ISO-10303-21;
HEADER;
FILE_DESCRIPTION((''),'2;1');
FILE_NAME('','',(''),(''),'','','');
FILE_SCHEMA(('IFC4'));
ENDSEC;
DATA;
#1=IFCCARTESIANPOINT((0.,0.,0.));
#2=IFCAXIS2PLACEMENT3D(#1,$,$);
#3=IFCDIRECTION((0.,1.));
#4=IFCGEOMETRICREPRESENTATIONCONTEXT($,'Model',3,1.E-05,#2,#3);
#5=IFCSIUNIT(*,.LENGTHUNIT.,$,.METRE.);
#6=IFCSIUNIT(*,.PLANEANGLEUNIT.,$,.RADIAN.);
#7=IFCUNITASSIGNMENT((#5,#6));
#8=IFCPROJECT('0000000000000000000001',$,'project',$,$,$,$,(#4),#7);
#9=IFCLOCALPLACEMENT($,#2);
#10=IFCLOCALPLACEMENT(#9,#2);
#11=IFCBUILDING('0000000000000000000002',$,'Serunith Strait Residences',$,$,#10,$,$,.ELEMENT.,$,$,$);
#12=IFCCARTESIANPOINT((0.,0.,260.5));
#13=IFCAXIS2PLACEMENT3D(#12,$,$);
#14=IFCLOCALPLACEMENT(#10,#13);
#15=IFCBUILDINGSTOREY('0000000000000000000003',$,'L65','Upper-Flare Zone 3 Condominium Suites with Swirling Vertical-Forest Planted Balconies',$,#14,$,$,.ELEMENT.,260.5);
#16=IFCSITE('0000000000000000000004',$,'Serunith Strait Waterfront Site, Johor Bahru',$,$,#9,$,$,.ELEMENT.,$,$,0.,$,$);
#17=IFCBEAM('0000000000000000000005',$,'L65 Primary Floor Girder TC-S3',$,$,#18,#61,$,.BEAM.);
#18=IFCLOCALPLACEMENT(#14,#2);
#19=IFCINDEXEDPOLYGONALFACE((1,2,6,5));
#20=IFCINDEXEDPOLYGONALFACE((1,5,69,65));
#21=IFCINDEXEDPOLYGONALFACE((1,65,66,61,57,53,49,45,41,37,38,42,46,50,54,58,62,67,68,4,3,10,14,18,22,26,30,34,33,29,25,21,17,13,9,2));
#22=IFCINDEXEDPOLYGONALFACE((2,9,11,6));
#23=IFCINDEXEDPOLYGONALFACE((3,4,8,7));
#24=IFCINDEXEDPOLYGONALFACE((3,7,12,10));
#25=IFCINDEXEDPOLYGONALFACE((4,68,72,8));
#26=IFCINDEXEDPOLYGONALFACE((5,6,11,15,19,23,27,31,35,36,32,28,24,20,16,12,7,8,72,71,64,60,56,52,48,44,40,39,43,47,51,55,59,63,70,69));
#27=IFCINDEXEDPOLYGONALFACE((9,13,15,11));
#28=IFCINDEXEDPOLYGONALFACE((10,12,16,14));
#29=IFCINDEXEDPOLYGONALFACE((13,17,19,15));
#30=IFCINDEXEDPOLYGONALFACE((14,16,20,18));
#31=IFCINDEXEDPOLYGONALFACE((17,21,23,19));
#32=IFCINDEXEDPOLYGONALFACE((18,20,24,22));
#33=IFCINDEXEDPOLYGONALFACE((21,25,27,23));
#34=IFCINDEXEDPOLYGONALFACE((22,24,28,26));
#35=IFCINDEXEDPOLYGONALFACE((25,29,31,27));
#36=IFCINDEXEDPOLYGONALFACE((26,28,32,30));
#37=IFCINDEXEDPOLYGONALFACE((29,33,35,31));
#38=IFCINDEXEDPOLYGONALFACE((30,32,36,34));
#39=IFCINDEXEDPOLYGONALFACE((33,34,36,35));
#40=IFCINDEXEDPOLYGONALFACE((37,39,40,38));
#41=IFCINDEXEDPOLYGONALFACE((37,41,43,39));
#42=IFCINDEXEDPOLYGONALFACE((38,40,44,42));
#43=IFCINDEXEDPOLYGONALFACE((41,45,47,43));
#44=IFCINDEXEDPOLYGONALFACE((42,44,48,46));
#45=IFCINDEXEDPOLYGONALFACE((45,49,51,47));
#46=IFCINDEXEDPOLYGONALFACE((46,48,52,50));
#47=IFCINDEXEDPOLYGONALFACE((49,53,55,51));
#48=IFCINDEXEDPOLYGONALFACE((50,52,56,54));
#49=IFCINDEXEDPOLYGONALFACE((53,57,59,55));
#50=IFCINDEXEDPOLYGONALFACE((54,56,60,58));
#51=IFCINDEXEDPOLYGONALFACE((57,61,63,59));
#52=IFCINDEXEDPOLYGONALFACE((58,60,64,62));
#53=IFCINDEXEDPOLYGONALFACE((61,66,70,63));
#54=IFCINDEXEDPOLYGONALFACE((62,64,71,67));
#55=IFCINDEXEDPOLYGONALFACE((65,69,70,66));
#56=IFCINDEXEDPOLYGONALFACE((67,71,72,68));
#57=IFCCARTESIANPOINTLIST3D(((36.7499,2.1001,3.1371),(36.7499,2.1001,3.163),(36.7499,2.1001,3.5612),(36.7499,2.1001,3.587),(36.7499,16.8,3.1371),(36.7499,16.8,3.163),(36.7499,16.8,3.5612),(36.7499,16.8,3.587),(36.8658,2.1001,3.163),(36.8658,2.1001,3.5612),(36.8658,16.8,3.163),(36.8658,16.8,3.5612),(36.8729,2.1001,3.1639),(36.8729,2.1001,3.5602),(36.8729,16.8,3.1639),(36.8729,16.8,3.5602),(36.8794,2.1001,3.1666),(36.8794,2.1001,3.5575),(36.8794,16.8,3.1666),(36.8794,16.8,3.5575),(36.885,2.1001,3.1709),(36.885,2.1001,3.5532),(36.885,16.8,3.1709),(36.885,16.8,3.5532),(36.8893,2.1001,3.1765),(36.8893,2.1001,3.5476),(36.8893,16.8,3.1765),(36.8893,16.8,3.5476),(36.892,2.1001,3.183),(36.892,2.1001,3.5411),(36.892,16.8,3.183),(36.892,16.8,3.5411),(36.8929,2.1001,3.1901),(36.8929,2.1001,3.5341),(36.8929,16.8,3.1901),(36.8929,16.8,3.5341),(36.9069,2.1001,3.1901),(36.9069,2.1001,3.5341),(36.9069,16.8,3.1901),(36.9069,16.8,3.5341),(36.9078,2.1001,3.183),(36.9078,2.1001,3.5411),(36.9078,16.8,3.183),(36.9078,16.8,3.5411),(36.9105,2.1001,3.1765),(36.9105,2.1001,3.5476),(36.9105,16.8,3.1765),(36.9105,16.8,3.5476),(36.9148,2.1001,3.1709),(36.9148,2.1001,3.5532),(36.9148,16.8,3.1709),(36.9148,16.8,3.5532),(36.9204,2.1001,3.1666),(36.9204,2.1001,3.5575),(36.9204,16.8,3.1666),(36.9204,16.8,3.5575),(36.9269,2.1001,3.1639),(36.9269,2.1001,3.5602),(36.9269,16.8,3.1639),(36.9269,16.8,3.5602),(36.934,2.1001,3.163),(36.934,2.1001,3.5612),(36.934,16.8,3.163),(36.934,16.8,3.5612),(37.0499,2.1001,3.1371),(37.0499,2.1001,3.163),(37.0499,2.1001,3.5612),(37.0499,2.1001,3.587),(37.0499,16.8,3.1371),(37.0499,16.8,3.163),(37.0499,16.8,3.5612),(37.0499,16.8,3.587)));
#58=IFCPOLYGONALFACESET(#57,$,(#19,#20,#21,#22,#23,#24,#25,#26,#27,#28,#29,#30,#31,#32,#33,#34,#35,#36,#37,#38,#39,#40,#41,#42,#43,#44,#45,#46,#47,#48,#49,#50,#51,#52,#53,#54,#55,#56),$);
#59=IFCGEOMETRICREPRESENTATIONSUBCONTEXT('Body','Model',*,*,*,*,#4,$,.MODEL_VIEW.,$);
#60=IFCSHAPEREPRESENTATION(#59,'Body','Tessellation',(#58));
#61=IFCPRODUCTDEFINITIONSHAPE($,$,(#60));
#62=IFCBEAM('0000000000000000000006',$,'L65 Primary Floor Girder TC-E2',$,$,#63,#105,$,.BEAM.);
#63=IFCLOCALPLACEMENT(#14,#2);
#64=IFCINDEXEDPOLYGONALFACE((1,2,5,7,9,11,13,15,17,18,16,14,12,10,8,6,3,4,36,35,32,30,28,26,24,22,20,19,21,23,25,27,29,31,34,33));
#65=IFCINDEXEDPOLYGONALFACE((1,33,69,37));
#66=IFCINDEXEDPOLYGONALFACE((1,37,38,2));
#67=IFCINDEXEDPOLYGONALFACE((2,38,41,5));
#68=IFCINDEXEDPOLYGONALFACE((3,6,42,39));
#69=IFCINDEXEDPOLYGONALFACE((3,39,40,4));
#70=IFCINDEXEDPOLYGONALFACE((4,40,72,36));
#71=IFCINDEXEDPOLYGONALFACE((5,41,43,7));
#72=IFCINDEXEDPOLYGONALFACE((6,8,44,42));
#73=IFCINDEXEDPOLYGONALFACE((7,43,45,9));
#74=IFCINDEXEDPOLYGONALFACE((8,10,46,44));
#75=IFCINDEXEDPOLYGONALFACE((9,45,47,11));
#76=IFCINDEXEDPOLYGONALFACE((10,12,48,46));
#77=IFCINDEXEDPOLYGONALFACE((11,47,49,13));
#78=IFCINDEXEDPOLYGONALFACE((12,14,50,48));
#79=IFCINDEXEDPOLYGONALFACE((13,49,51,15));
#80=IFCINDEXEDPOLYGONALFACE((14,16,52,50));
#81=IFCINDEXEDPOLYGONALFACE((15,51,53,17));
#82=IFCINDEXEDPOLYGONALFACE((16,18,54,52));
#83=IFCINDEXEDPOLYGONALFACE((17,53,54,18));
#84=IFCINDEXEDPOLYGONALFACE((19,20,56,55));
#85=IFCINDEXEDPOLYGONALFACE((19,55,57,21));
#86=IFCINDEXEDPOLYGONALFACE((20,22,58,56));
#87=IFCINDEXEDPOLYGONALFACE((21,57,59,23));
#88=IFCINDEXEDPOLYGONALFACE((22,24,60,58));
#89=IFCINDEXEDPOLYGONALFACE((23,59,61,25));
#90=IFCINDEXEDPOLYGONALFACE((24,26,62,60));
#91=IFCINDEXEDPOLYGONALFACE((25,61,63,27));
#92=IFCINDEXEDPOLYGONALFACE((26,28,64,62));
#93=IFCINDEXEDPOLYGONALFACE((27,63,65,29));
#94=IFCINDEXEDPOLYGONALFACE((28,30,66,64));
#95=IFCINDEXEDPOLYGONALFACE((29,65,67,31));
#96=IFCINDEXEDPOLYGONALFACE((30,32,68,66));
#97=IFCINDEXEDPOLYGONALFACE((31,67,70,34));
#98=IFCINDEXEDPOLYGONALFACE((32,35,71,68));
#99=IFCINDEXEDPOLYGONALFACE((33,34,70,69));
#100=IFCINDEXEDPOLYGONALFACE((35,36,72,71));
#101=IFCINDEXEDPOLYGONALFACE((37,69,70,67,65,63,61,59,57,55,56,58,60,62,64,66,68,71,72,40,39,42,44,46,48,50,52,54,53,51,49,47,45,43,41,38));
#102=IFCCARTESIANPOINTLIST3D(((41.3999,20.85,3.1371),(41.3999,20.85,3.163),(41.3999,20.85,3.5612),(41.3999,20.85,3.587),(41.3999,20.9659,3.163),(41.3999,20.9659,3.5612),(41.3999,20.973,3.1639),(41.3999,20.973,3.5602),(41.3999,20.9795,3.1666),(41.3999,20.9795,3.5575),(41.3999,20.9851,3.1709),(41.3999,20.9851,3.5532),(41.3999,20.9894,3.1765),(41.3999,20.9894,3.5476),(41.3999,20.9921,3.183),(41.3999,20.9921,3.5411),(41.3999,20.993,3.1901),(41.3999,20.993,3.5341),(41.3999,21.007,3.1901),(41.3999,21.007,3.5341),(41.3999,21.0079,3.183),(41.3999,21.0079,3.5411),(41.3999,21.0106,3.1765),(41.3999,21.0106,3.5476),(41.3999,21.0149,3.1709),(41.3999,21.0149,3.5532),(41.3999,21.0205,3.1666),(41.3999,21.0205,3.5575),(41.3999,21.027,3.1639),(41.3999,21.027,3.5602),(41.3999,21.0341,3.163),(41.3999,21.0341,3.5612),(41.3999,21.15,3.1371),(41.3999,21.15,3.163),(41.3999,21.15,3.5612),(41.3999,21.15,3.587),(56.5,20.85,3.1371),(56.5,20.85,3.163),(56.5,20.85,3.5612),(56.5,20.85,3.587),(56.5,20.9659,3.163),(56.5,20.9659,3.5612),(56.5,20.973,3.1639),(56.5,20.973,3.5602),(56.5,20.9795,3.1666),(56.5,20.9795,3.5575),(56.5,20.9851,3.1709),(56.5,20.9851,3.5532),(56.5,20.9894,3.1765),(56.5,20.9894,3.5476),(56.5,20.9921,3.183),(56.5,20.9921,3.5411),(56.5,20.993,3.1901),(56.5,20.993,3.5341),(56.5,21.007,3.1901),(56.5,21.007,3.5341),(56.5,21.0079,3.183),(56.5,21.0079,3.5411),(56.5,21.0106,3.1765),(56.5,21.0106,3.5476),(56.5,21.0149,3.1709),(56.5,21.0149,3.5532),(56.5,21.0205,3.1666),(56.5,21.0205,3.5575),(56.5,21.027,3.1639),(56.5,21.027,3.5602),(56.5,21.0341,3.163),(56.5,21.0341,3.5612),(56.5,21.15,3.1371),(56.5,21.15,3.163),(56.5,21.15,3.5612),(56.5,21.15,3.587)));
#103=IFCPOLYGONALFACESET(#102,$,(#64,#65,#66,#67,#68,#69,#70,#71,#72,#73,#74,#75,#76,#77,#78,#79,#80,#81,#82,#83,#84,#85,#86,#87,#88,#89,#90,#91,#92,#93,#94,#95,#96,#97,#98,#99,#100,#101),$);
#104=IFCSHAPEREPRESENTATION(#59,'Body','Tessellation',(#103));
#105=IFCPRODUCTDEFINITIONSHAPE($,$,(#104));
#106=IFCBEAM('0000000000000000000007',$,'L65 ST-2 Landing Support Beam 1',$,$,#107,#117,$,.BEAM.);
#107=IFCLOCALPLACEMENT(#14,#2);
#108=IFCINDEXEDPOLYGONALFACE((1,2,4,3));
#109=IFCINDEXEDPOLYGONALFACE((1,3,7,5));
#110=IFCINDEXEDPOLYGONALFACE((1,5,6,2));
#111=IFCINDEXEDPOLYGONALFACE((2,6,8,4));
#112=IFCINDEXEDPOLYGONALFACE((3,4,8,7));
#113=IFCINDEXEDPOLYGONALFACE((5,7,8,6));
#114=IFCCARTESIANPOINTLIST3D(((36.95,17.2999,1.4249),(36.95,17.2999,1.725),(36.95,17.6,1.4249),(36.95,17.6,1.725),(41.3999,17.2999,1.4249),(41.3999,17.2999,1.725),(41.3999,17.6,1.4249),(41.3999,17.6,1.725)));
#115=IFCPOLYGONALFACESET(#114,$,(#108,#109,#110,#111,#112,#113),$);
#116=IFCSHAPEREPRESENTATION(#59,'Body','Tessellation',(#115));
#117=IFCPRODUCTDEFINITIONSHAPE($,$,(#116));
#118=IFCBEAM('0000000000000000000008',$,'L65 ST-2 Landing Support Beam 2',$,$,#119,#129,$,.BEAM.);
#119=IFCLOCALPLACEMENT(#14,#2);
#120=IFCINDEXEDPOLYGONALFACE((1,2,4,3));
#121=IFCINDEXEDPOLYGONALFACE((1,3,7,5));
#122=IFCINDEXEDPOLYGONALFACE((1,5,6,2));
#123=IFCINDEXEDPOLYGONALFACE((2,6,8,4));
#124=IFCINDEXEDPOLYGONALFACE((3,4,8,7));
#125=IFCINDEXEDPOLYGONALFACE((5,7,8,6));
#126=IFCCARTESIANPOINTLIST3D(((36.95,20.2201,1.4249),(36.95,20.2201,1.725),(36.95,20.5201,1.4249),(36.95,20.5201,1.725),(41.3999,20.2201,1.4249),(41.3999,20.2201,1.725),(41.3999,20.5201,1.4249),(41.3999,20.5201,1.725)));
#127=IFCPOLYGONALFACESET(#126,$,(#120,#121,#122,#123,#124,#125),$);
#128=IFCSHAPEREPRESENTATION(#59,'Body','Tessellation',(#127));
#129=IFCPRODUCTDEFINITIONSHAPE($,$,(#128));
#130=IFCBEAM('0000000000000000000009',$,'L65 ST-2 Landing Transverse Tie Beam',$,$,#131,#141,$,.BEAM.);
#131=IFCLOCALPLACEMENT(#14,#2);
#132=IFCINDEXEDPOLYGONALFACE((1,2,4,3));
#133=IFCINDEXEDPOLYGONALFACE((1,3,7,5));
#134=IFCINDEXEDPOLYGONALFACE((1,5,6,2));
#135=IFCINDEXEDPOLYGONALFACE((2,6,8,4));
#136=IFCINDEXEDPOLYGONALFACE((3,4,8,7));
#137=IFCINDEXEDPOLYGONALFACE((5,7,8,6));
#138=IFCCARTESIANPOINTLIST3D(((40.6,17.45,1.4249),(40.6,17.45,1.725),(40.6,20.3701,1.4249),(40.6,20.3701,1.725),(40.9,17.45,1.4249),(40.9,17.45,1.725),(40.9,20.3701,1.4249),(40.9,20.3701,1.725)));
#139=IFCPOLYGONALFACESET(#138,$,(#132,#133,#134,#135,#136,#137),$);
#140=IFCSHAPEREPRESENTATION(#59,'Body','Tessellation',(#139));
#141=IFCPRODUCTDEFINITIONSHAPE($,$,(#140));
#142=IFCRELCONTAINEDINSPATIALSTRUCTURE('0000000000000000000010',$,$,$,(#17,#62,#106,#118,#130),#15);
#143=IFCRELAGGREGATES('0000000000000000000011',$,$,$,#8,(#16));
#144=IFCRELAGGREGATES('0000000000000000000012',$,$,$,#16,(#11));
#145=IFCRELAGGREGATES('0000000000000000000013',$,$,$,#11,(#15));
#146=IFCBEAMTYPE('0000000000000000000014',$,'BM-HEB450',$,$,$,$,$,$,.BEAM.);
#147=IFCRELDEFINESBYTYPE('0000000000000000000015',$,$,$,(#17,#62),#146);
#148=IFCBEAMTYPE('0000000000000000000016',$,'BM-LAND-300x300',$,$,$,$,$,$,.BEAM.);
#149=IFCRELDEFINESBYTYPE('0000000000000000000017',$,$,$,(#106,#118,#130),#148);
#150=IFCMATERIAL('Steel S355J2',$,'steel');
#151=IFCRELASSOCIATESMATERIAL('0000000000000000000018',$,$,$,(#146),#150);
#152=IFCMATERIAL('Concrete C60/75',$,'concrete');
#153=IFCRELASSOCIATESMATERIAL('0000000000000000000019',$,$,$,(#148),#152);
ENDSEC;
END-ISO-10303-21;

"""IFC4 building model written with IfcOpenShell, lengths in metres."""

from ifc_helpers import new_model, si_unit, direction, frame, origin, origin_2d, place, context, subcontext, project, spatial, rectangle, i_section, extrude, source, transform, mapped, material, material_profile, profile_set, type_object, element, save


model = new_model("IFC4")

# Units and contexts
model_context = context("Model", 3, precision=1e-05, world=origin(), true_north=direction((0.0, 1.0)))
body_context = subcontext(model_context, "Body", "Model", "MODEL_VIEW")
ifc_project = project(units=[si_unit("LENGTHUNIT", "METRE"), si_unit("PLANEANGLEUNIT", "RADIAN")], contexts=[model_context])

# Site, building, storey
site_placement = place(None, origin())
site = spatial("IfcSite", under=ifc_project, at=site_placement, Name="Serunith Strait Waterfront Site, Johor Bahru", CompositionType="ELEMENT", RefElevation=0.0)
building_placement = place(site_placement, origin())
building = spatial("IfcBuilding", under=site, at=building_placement, Name="Serunith Strait Residences", CompositionType="ELEMENT")
storey_placement = place(building_placement, frame((0.0, 0.0, 260.5)))
storey = spatial("IfcBuildingStorey", under=building, at=storey_placement, Name="L65", Description="Upper-Flare Zone 3 Condominium Suites with Swirling Vertical-Forest Planted Balconies", CompositionType="ELEMENT", Elevation=260.5)

# Beams
ifc_material_1 = material(Name="Steel S355J2", Category="steel")
ifc_material_profile_1 = material_profile(ifc_material_1, i_section(OverallWidth=0.3, OverallDepth=0.45, WebThickness=0.0139, FlangeThickness=0.0259, FilletRadius=0.0271, at=origin_2d()), Name="HEB 450")
ifc_profile_set_1 = profile_set([ifc_material_profile_1], Name="Steel S355J2")
beam_type_1 = type_object("IfcBeamType", Name="BM-HEB450", PredefinedType="BEAM", material=ifc_profile_set_1)
shared_shape_1 = source(origin(), body_context, "Body", "SweptSolid", [
    extrude(i_section(OverallWidth=0.3, OverallDepth=0.45, WebThickness=0.0139, FlangeThickness=0.0259, FilletRadius=0.0271, at=origin_2d()), origin(), (0.0, 0.0, 1.0), 14.7),
])
beam_1_placement = place(storey_placement, frame((36.8999, 16.8, 3.3621), z_axis=(0.0, -1.0, 0.0), x_axis=(1.0, 0.0, 0.0)))
element("IfcBeam", 1, at=beam_1_placement, inside=storey, type_object=beam_type_1, Name="L65 Primary Floor Girder TC-S3", PredefinedType="BEAM", context=body_context, shape_type="MappedRepresentation", body=[
    mapped(shared_shape_1, transform((0.0, 0.0, 0.0), scale=1.0)),
])
shared_shape_2 = source(origin(), body_context, "Body", "SweptSolid", [
    extrude(i_section(OverallWidth=0.3, OverallDepth=0.45, WebThickness=0.0139, FlangeThickness=0.0259, FilletRadius=0.0271, at=origin_2d()), origin(), (0.0, 0.0, 1.0), 15.1001),
])
beam_2_placement = place(storey_placement, frame((41.3999, 21.0, 3.3621), z_axis=(1.0, 0.0, 0.0), x_axis=(0.0, 1.0, 0.0)))
element("IfcBeam", 2, at=beam_2_placement, inside=storey, type_object=beam_type_1, Name="L65 Primary Floor Girder TC-E2", PredefinedType="BEAM", context=body_context, shape_type="MappedRepresentation", body=[
    mapped(shared_shape_2, transform((0.0, 0.0, 0.0), scale=1.0)),
])
ifc_material_2 = material(Name="Concrete C60/75", Category="concrete")
ifc_material_profile_2 = material_profile(ifc_material_2, rectangle(XDim=0.3, YDim=0.3, at=origin_2d()), Name="RC 300x300")
ifc_profile_set_2 = profile_set([ifc_material_profile_2], Name="Concrete C60/75")
beam_type_2 = type_object("IfcBeamType", Name="BM-LAND-300x300", PredefinedType="BEAM", material=ifc_profile_set_2)
shared_shape_3 = source(origin(), body_context, "Body", "SweptSolid", [
    extrude(rectangle(XDim=0.3, YDim=0.3, at=origin_2d()), origin(), (0.0, 0.0, 1.0), 4.45),
])
for number, where, z_axis, x_axis, name in (
    (3, (36.95, 17.45, 1.575), (1.0, 0.0, 0.0), (0.0, 1.0, 0.0), "L65 ST-2 Landing Support Beam 1"),
    (4, (36.95, 20.3701, 1.575), (1.0, 0.0, 0.0), (0.0, 1.0, 0.0), "L65 ST-2 Landing Support Beam 2"),
):
    element("IfcBeam", number, at=place(storey_placement, frame(where, z_axis=z_axis, x_axis=x_axis)), inside=storey, type_object=beam_type_2, Name=name, PredefinedType="BEAM", context=body_context, shape_type="MappedRepresentation", body=[
        mapped(shared_shape_3, transform((0.0, 0.0, 0.0), scale=1.0)),
    ])
shared_shape_4 = source(origin(), body_context, "Body", "SweptSolid", [
    extrude(rectangle(XDim=0.3, YDim=0.3, at=origin_2d()), origin(), (0.0, 0.0, 1.0), 2.9202),
])
beam_3_placement = place(storey_placement, frame((40.75, 17.45, 1.575), z_axis=(0.0, 1.0, 0.0), x_axis=(-1.0, 0.0, 0.0)))
element("IfcBeam", 5, at=beam_3_placement, inside=storey, type_object=beam_type_2, Name="L65 ST-2 Landing Transverse Tie Beam", PredefinedType="BEAM", context=body_context, shape_type="MappedRepresentation", body=[
    mapped(shared_shape_4, transform((0.0, 0.0, 0.0), scale=1.0)),
])

save(model, "model.ifc")
